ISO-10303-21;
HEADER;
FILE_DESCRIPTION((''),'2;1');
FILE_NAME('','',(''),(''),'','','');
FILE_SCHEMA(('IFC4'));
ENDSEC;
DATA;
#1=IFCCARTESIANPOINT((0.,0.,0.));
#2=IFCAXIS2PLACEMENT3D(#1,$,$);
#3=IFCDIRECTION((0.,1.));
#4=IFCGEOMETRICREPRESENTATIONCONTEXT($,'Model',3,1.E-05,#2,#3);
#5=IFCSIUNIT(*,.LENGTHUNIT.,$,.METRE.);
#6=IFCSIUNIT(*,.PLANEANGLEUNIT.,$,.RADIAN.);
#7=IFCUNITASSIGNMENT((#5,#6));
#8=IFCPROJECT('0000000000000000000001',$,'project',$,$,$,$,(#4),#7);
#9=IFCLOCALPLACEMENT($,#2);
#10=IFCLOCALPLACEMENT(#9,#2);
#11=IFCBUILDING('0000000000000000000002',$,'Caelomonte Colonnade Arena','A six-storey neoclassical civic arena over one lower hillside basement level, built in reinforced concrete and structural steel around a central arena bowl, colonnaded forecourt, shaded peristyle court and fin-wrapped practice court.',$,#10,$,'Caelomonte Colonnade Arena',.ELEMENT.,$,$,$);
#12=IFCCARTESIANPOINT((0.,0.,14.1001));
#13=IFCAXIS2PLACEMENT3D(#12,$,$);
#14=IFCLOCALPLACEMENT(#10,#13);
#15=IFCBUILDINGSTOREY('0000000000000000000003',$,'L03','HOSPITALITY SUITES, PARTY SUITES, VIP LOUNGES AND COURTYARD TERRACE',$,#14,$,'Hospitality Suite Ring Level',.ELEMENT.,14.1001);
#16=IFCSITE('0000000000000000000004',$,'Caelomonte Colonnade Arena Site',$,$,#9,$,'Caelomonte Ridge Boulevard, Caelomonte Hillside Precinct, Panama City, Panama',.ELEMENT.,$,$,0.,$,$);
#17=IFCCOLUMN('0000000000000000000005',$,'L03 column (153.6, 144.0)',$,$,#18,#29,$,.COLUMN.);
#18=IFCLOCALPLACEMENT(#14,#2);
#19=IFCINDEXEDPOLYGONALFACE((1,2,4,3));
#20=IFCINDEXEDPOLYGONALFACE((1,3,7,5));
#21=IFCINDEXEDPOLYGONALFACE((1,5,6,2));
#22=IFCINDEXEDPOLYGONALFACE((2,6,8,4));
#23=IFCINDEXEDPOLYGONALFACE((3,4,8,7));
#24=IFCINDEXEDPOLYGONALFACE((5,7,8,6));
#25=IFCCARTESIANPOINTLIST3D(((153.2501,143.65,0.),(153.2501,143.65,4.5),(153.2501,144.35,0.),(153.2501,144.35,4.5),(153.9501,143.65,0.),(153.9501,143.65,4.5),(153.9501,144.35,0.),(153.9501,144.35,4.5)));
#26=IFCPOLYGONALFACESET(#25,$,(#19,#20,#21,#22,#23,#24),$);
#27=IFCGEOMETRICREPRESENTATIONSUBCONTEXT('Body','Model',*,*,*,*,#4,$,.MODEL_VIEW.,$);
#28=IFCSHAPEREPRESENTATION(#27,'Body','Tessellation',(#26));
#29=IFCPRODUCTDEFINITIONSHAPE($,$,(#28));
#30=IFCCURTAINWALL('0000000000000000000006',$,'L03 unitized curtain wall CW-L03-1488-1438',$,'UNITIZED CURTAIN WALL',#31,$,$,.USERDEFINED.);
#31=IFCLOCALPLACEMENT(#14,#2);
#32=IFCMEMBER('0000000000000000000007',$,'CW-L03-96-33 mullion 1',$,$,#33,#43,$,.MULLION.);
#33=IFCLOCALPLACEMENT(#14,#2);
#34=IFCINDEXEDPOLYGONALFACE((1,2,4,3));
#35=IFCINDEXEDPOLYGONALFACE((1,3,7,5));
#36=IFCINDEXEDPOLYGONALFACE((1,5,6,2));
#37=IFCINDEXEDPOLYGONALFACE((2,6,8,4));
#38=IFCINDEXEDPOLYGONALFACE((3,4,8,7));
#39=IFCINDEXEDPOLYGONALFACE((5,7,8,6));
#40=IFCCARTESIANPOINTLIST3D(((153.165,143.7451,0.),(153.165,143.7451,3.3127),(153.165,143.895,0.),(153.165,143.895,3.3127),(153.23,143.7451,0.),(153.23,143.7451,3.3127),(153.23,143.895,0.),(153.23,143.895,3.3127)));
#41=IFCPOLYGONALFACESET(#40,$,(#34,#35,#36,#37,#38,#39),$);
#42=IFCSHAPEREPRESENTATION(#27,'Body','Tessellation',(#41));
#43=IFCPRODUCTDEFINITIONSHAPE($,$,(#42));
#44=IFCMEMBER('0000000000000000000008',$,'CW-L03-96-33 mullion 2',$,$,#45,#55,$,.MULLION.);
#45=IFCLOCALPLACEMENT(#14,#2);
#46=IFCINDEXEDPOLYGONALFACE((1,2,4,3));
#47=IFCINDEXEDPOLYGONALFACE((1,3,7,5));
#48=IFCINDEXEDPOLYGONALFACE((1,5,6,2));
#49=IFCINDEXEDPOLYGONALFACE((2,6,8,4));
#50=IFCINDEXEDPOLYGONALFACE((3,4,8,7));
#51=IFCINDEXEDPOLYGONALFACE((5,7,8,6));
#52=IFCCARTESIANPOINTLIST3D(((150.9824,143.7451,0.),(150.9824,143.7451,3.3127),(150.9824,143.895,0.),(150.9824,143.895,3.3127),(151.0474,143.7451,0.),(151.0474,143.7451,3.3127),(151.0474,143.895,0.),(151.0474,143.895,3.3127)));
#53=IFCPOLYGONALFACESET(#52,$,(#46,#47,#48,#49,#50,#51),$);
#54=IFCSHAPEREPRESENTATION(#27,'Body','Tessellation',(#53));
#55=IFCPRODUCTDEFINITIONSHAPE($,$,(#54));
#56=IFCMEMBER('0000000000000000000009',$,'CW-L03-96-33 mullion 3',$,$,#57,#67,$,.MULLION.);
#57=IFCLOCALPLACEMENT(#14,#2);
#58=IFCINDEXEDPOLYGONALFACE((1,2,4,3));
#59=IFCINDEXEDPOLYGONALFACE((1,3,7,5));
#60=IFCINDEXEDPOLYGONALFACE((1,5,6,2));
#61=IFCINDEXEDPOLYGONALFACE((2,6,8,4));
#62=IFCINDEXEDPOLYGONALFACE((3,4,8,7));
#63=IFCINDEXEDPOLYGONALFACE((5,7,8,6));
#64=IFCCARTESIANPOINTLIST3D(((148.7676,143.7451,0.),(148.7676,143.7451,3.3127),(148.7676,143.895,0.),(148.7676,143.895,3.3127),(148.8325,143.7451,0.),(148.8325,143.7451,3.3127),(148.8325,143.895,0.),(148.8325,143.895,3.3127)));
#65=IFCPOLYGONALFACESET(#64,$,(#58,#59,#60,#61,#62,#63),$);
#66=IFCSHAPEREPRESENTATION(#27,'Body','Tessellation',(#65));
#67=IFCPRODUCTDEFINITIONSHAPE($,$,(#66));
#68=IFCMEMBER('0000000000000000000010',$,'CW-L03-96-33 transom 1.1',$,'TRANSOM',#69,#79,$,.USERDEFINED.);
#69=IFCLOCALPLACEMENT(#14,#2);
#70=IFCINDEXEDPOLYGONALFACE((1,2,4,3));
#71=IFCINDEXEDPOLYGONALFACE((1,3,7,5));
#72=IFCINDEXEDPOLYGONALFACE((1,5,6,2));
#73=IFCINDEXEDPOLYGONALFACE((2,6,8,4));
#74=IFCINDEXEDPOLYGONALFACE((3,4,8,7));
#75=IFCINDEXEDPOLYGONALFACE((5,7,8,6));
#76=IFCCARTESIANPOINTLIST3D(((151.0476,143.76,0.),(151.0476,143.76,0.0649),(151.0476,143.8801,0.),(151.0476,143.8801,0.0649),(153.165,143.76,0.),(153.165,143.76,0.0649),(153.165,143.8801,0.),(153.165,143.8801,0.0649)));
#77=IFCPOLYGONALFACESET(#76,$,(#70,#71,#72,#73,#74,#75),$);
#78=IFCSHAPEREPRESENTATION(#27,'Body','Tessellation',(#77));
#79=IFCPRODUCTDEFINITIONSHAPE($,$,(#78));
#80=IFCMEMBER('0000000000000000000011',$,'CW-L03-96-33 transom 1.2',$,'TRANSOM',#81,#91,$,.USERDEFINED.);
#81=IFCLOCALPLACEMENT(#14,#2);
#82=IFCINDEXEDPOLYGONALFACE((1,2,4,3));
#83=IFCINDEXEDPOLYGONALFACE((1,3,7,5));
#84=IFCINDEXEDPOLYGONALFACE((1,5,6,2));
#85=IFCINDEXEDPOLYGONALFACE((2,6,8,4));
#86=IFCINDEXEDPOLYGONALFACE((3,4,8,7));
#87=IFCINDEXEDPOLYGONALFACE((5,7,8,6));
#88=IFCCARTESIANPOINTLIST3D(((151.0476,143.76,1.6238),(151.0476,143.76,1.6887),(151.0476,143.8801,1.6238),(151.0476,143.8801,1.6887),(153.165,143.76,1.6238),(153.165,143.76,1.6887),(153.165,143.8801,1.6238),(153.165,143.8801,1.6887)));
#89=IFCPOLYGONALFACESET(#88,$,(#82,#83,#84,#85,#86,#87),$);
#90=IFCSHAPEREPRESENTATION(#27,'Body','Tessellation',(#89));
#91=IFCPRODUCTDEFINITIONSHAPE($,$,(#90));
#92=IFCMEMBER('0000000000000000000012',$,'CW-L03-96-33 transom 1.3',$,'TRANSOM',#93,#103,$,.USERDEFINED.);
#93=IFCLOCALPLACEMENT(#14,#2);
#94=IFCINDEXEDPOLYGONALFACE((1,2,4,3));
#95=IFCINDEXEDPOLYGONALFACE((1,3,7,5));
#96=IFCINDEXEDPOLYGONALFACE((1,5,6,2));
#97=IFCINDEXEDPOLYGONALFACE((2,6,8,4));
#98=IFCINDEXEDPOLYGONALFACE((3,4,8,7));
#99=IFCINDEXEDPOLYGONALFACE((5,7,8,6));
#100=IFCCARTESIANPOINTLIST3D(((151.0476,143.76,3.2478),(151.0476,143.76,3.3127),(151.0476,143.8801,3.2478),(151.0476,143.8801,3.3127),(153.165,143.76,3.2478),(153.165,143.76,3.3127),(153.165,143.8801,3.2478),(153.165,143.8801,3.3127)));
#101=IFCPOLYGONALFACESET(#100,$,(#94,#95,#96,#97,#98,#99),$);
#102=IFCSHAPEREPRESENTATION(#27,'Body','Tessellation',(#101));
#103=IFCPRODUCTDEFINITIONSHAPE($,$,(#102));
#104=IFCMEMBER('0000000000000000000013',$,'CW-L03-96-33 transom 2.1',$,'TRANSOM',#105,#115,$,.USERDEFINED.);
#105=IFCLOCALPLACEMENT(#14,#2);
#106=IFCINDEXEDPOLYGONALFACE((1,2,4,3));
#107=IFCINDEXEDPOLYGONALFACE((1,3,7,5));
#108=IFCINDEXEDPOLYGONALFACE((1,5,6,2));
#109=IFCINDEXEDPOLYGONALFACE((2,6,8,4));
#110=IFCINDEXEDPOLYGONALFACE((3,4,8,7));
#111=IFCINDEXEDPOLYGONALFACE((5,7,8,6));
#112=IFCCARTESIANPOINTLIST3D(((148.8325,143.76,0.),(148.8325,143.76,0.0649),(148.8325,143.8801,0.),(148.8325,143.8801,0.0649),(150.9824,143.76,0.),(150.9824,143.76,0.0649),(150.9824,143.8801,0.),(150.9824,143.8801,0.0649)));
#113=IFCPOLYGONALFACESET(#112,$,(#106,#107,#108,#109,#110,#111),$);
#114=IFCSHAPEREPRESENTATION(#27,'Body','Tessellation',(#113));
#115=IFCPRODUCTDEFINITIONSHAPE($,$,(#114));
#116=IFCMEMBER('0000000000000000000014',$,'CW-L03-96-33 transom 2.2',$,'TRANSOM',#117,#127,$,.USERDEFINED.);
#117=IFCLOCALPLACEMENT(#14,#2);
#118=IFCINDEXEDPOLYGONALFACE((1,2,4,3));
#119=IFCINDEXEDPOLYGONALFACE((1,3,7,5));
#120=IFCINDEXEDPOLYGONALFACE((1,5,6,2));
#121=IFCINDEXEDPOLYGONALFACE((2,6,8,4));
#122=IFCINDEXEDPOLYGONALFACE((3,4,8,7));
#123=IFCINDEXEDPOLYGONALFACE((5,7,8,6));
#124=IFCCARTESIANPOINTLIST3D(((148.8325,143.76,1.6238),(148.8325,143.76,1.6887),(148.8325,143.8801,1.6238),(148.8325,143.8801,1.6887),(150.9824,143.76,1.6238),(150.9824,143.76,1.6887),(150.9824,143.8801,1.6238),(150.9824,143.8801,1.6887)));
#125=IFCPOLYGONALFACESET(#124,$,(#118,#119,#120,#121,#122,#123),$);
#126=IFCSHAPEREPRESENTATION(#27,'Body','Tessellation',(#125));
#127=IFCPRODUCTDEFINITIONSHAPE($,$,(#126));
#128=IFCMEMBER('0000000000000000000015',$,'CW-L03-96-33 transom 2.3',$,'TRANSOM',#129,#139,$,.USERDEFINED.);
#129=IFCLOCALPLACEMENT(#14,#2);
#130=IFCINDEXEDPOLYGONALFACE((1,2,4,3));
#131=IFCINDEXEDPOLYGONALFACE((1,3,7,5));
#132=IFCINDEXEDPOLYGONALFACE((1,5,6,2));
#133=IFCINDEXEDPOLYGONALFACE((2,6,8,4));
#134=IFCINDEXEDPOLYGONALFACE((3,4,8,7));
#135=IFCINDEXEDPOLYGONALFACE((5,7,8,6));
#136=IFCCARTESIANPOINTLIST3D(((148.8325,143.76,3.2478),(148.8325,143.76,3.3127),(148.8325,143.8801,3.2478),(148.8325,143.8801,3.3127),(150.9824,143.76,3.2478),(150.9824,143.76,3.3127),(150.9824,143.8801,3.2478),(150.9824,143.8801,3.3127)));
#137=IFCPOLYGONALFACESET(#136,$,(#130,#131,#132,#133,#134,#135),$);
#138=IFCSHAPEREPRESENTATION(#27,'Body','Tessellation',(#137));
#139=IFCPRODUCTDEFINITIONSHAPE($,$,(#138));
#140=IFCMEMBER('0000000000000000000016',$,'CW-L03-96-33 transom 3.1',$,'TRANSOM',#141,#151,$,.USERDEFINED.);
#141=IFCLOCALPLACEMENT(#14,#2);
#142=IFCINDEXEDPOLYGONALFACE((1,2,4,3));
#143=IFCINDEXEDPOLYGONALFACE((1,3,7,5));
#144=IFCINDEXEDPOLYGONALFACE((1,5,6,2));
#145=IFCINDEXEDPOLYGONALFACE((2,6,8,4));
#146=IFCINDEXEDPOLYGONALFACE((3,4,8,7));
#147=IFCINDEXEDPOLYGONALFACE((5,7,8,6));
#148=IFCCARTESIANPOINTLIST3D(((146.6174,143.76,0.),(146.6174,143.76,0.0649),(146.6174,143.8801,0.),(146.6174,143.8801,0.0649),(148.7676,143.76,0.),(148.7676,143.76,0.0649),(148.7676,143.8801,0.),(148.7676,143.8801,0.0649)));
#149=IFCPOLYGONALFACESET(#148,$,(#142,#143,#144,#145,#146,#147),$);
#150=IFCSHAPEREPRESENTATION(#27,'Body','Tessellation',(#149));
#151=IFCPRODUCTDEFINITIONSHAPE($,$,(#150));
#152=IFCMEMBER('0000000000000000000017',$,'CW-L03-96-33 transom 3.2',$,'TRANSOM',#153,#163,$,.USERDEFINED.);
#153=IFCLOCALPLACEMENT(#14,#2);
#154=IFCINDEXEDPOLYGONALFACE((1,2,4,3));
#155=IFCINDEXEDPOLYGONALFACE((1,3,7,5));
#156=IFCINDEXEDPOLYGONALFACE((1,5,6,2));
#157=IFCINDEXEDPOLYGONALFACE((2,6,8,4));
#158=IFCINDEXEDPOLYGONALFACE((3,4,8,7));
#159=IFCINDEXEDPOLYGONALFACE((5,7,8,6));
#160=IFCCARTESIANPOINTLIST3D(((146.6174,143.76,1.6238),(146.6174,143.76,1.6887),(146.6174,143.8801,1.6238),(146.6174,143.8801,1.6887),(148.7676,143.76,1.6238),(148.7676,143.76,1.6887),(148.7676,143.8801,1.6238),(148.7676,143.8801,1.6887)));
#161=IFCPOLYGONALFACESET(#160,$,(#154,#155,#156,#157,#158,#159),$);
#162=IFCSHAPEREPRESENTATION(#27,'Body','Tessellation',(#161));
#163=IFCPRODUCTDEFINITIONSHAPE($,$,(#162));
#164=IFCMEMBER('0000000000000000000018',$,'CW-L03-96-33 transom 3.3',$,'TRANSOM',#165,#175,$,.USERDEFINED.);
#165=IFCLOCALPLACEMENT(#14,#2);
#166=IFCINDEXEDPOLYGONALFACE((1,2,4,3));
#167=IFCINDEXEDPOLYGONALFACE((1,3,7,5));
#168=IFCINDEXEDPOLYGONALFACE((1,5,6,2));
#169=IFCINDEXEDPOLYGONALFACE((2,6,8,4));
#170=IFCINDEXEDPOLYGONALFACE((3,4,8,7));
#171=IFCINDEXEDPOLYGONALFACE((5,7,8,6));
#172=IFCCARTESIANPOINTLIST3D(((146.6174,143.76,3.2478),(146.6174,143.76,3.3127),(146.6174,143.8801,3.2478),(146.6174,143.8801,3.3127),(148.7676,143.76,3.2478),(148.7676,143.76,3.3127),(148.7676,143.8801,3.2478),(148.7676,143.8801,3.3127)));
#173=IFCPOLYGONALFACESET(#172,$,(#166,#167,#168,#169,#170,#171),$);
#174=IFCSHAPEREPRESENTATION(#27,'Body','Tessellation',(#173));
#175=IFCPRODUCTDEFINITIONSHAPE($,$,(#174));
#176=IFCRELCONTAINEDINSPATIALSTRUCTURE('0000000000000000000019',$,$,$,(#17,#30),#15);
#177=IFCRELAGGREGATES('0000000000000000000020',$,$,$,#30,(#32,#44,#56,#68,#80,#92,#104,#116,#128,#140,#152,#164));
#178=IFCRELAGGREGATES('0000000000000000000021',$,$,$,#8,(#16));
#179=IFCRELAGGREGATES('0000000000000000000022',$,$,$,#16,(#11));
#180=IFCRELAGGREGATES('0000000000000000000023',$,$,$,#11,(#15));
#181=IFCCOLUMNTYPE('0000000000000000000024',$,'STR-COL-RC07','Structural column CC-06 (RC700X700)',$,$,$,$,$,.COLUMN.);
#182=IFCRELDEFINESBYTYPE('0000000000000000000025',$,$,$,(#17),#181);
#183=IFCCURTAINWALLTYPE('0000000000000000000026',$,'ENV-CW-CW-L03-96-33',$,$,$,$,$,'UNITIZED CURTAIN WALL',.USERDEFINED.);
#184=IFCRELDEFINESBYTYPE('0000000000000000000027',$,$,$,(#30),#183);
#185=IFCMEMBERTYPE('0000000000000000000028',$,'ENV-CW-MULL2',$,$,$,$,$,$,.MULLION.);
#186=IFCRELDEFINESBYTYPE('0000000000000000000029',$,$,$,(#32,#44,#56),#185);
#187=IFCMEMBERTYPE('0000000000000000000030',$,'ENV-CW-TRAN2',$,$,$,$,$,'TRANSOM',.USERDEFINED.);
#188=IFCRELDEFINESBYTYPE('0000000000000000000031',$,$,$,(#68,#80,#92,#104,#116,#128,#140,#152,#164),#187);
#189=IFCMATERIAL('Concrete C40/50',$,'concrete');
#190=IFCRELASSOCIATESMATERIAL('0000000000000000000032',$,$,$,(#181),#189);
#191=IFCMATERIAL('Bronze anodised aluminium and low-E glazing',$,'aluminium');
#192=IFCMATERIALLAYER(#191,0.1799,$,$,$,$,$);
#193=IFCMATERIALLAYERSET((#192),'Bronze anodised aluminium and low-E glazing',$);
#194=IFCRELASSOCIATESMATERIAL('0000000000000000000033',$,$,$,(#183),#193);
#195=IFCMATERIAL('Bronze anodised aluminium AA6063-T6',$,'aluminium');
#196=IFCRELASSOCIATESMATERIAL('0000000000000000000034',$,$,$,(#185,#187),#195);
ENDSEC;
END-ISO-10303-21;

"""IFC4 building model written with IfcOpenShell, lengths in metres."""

from ifc_helpers import new_model, si_unit, direction, frame, origin, origin_2d, place, context, subcontext, project, spatial, rectangle, extrude, material, layer, layer_set, material_profile, profile_set, type_object, element, aggregate, save


model = new_model("IFC4")

# Units and contexts
model_context = context("Model", 3, precision=1e-05, world=origin(), true_north=direction((0.0, 1.0)))
body_context = subcontext(model_context, "Body", "Model", "MODEL_VIEW")
ifc_project = project(units=[si_unit("LENGTHUNIT", "METRE"), si_unit("PLANEANGLEUNIT", "RADIAN")], contexts=[model_context])

# Site, building, storey
site_placement = place(None, origin())
site = spatial("IfcSite", under=ifc_project, at=site_placement, Name="Caelomonte Colonnade Arena Site", LongName="Caelomonte Ridge Boulevard, Caelomonte Hillside Precinct, Panama City, Panama", CompositionType="ELEMENT", RefElevation=0.0)
building_placement = place(site_placement, origin())
building = spatial("IfcBuilding", under=site, at=building_placement, Name="Caelomonte Colonnade Arena", Description="A six-storey neoclassical civic arena over one lower hillside basement level, built in reinforced concrete and structural steel around a central arena bowl, colonnaded forecourt, shaded peristyle court and fin-wrapped practice court.", LongName="Caelomonte Colonnade Arena", CompositionType="ELEMENT")
storey_placement = place(building_placement, frame((0.0, 0.0, 14.1001)))
storey = spatial("IfcBuildingStorey", under=building, at=storey_placement, Name="L03", Description="HOSPITALITY SUITES, PARTY SUITES, VIP LOUNGES AND COURTYARD TERRACE", LongName="Hospitality Suite Ring Level", CompositionType="ELEMENT", Elevation=14.1001)

# Column
ifc_material_1 = material(Name="Concrete C40/50", Category="concrete")
ifc_material_profile_1 = material_profile(ifc_material_1, rectangle(XDim=0.7, YDim=0.7, at=origin_2d()), Name="RC700X700")
ifc_profile_set_1 = profile_set([ifc_material_profile_1], Name="Concrete C40/50")
column_type = type_object("IfcColumnType", Name="STR-COL-RC07", Description="Structural column CC-06 (RC700X700)", PredefinedType="COLUMN", material=ifc_profile_set_1)
column_placement = place(storey_placement, frame((153.6001, 144.0, 0.0), z_axis=(0.0, 0.0, 1.0), x_axis=(1.0, 0.0, 0.0)))
element("IfcColumn", 1, at=column_placement, inside=storey, type_object=column_type, Name="L03 column (153.6, 144.0)", PredefinedType="COLUMN", context=body_context, shape_type="SweptSolid", body=[
    extrude(rectangle(XDim=0.7, YDim=0.7, at=origin_2d()), origin(), (0.0, 0.0, 1.0), 4.5),
])

# Curtain wall, members
ifc_material_2 = material(Name="Bronze anodised aluminium and low-E glazing", Category="aluminium")
ifc_layer_1 = layer(ifc_material_2, 0.1799)
ifc_layer_set_1 = layer_set([ifc_layer_1], Name="Bronze anodised aluminium and low-E glazing")
curtain_wall_type = type_object("IfcCurtainWallType", Name="ENV-CW-CW-L03-96-33", ElementType="UNITIZED CURTAIN WALL", PredefinedType="USERDEFINED", material=ifc_layer_set_1)
curtain_wall_placement = place(storey_placement, origin())
curtain_wall = element("IfcCurtainWall", 2, at=curtain_wall_placement, inside=storey, type_object=curtain_wall_type, Name="L03 unitized curtain wall CW-L03-1488-1438", ObjectType="UNITIZED CURTAIN WALL", PredefinedType="USERDEFINED")
ifc_material_3 = material(Name="Bronze anodised aluminium AA6063-T6", Category="aluminium")
ifc_material_profile_2 = material_profile(ifc_material_3, rectangle(XDim=0.0649, YDim=0.1499, at=origin_2d()), Name="CWM-65X150")
ifc_profile_set_2 = profile_set([ifc_material_profile_2], Name="Bronze anodised aluminium AA6063-T6")
member_type_1 = type_object("IfcMemberType", Name="ENV-CW-MULL2", PredefinedType="MULLION", material=ifc_profile_set_2)
member_1_placement = place(storey_placement, frame((153.1975, 143.8201, 0.0), z_axis=(0.0, 0.0, 1.0), x_axis=(-1.0, 0.0, 0.0)))
member_1 = element("IfcMember", 3, at=member_1_placement, type_object=member_type_1, Name="CW-L03-96-33 mullion 1", PredefinedType="MULLION", context=body_context, shape_type="SweptSolid", body=[
    extrude(rectangle(XDim=0.0649, YDim=0.1499, at=origin_2d()), origin(), (0.0, 0.0, 1.0), 3.3127),
])
member_2_placement = place(storey_placement, frame((151.0149, 143.8201, 0.0), z_axis=(0.0, 0.0, 1.0), x_axis=(-1.0, 0.0, 0.0)))
member_2 = element("IfcMember", 4, at=member_2_placement, type_object=member_type_1, Name="CW-L03-96-33 mullion 2", PredefinedType="MULLION", context=body_context, shape_type="SweptSolid", body=[
    extrude(rectangle(XDim=0.0649, YDim=0.1499, at=origin_2d()), origin(), (0.0, 0.0, 1.0), 3.3127),
])
member_3_placement = place(storey_placement, frame((148.8, 143.8201, 0.0), z_axis=(0.0, 0.0, 1.0), x_axis=(-1.0, 0.0, 0.0)))
member_3 = element("IfcMember", 5, at=member_3_placement, type_object=member_type_1, Name="CW-L03-96-33 mullion 3", PredefinedType="MULLION", context=body_context, shape_type="SweptSolid", body=[
    extrude(rectangle(XDim=0.0649, YDim=0.1499, at=origin_2d()), origin(), (0.0, 0.0, 1.0), 3.3127),
])
ifc_material_profile_3 = material_profile(ifc_material_3, rectangle(XDim=0.0649, YDim=0.1201, at=origin_2d()), Name="CWT-65X120")
ifc_profile_set_3 = profile_set([ifc_material_profile_3], Name="Bronze anodised aluminium AA6063-T6")
member_type_2 = type_object("IfcMemberType", Name="ENV-CW-TRAN2", ElementType="TRANSOM", PredefinedType="USERDEFINED", material=ifc_profile_set_3)
member_4_placement = place(storey_placement, frame((153.165, 143.8201, 0.0325), z_axis=(-1.0, 0.0, 0.0), x_axis=(0.0, 0.0, 1.0)))
member_4 = element("IfcMember", 6, at=member_4_placement, type_object=member_type_2, Name="CW-L03-96-33 transom 1.1", ObjectType="TRANSOM", PredefinedType="USERDEFINED", context=body_context, shape_type="SweptSolid", body=[
    extrude(rectangle(XDim=0.0649, YDim=0.1201, at=origin_2d()), origin(), (0.0, 0.0, 1.0), 2.1174),
])
member_5_placement = place(storey_placement, frame((153.165, 143.8201, 1.6562), z_axis=(-1.0, 0.0, 0.0), x_axis=(0.0, 0.0, 1.0)))
member_5 = element("IfcMember", 7, at=member_5_placement, type_object=member_type_2, Name="CW-L03-96-33 transom 1.2", ObjectType="TRANSOM", PredefinedType="USERDEFINED", context=body_context, shape_type="SweptSolid", body=[
    extrude(rectangle(XDim=0.0649, YDim=0.1201, at=origin_2d()), origin(), (0.0, 0.0, 1.0), 2.1174),
])
member_6_placement = place(storey_placement, frame((153.165, 143.8201, 3.2803), z_axis=(-1.0, 0.0, 0.0), x_axis=(0.0, 0.0, 1.0)))
member_6 = element("IfcMember", 8, at=member_6_placement, type_object=member_type_2, Name="CW-L03-96-33 transom 1.3", ObjectType="TRANSOM", PredefinedType="USERDEFINED", context=body_context, shape_type="SweptSolid", body=[
    extrude(rectangle(XDim=0.0649, YDim=0.1201, at=origin_2d()), origin(), (0.0, 0.0, 1.0), 2.1174),
])
member_7_placement = place(storey_placement, frame((150.9824, 143.8201, 0.0325), z_axis=(-1.0, 0.0, 0.0), x_axis=(0.0, 0.0, 1.0)))
member_7 = element("IfcMember", 9, at=member_7_placement, type_object=member_type_2, Name="CW-L03-96-33 transom 2.1", ObjectType="TRANSOM", PredefinedType="USERDEFINED", context=body_context, shape_type="SweptSolid", body=[
    extrude(rectangle(XDim=0.0649, YDim=0.1201, at=origin_2d()), origin(), (0.0, 0.0, 1.0), 2.1499),
])
member_8_placement = place(storey_placement, frame((150.9824, 143.8201, 1.6562), z_axis=(-1.0, 0.0, 0.0), x_axis=(0.0, 0.0, 1.0)))
member_8 = element("IfcMember", 10, at=member_8_placement, type_object=member_type_2, Name="CW-L03-96-33 transom 2.2", ObjectType="TRANSOM", PredefinedType="USERDEFINED", context=body_context, shape_type="SweptSolid", body=[
    extrude(rectangle(XDim=0.0649, YDim=0.1201, at=origin_2d()), origin(), (0.0, 0.0, 1.0), 2.1499),
])
member_9_placement = place(storey_placement, frame((150.9824, 143.8201, 3.2803), z_axis=(-1.0, 0.0, 0.0), x_axis=(0.0, 0.0, 1.0)))
member_9 = element("IfcMember", 11, at=member_9_placement, type_object=member_type_2, Name="CW-L03-96-33 transom 2.3", ObjectType="TRANSOM", PredefinedType="USERDEFINED", context=body_context, shape_type="SweptSolid", body=[
    extrude(rectangle(XDim=0.0649, YDim=0.1201, at=origin_2d()), origin(), (0.0, 0.0, 1.0), 2.1499),
])
member_10_placement = place(storey_placement, frame((148.7676, 143.8201, 0.0325), z_axis=(-1.0, 0.0, 0.0), x_axis=(0.0, 0.0, 1.0)))
member_10 = element("IfcMember", 12, at=member_10_placement, type_object=member_type_2, Name="CW-L03-96-33 transom 3.1", ObjectType="TRANSOM", PredefinedType="USERDEFINED", context=body_context, shape_type="SweptSolid", body=[
    extrude(rectangle(XDim=0.0649, YDim=0.1201, at=origin_2d()), origin(), (0.0, 0.0, 1.0), 2.1501),
])
member_11_placement = place(storey_placement, frame((148.7676, 143.8201, 1.6562), z_axis=(-1.0, 0.0, 0.0), x_axis=(0.0, 0.0, 1.0)))
member_11 = element("IfcMember", 13, at=member_11_placement, type_object=member_type_2, Name="CW-L03-96-33 transom 3.2", ObjectType="TRANSOM", PredefinedType="USERDEFINED", context=body_context, shape_type="SweptSolid", body=[
    extrude(rectangle(XDim=0.0649, YDim=0.1201, at=origin_2d()), origin(), (0.0, 0.0, 1.0), 2.1501),
])
member_12_placement = place(storey_placement, frame((148.7676, 143.8201, 3.2803), z_axis=(-1.0, 0.0, 0.0), x_axis=(0.0, 0.0, 1.0)))
member_12 = element("IfcMember", 14, at=member_12_placement, type_object=member_type_2, Name="CW-L03-96-33 transom 3.3", ObjectType="TRANSOM", PredefinedType="USERDEFINED", context=body_context, shape_type="SweptSolid", body=[
    extrude(rectangle(XDim=0.0649, YDim=0.1201, at=origin_2d()), origin(), (0.0, 0.0, 1.0), 2.1501),
])

aggregate(curtain_wall, [member_1, member_2, member_3, member_4, member_5, member_6, member_7, member_8, member_9, member_10, member_11, member_12])

save(model, "model.ifc")
